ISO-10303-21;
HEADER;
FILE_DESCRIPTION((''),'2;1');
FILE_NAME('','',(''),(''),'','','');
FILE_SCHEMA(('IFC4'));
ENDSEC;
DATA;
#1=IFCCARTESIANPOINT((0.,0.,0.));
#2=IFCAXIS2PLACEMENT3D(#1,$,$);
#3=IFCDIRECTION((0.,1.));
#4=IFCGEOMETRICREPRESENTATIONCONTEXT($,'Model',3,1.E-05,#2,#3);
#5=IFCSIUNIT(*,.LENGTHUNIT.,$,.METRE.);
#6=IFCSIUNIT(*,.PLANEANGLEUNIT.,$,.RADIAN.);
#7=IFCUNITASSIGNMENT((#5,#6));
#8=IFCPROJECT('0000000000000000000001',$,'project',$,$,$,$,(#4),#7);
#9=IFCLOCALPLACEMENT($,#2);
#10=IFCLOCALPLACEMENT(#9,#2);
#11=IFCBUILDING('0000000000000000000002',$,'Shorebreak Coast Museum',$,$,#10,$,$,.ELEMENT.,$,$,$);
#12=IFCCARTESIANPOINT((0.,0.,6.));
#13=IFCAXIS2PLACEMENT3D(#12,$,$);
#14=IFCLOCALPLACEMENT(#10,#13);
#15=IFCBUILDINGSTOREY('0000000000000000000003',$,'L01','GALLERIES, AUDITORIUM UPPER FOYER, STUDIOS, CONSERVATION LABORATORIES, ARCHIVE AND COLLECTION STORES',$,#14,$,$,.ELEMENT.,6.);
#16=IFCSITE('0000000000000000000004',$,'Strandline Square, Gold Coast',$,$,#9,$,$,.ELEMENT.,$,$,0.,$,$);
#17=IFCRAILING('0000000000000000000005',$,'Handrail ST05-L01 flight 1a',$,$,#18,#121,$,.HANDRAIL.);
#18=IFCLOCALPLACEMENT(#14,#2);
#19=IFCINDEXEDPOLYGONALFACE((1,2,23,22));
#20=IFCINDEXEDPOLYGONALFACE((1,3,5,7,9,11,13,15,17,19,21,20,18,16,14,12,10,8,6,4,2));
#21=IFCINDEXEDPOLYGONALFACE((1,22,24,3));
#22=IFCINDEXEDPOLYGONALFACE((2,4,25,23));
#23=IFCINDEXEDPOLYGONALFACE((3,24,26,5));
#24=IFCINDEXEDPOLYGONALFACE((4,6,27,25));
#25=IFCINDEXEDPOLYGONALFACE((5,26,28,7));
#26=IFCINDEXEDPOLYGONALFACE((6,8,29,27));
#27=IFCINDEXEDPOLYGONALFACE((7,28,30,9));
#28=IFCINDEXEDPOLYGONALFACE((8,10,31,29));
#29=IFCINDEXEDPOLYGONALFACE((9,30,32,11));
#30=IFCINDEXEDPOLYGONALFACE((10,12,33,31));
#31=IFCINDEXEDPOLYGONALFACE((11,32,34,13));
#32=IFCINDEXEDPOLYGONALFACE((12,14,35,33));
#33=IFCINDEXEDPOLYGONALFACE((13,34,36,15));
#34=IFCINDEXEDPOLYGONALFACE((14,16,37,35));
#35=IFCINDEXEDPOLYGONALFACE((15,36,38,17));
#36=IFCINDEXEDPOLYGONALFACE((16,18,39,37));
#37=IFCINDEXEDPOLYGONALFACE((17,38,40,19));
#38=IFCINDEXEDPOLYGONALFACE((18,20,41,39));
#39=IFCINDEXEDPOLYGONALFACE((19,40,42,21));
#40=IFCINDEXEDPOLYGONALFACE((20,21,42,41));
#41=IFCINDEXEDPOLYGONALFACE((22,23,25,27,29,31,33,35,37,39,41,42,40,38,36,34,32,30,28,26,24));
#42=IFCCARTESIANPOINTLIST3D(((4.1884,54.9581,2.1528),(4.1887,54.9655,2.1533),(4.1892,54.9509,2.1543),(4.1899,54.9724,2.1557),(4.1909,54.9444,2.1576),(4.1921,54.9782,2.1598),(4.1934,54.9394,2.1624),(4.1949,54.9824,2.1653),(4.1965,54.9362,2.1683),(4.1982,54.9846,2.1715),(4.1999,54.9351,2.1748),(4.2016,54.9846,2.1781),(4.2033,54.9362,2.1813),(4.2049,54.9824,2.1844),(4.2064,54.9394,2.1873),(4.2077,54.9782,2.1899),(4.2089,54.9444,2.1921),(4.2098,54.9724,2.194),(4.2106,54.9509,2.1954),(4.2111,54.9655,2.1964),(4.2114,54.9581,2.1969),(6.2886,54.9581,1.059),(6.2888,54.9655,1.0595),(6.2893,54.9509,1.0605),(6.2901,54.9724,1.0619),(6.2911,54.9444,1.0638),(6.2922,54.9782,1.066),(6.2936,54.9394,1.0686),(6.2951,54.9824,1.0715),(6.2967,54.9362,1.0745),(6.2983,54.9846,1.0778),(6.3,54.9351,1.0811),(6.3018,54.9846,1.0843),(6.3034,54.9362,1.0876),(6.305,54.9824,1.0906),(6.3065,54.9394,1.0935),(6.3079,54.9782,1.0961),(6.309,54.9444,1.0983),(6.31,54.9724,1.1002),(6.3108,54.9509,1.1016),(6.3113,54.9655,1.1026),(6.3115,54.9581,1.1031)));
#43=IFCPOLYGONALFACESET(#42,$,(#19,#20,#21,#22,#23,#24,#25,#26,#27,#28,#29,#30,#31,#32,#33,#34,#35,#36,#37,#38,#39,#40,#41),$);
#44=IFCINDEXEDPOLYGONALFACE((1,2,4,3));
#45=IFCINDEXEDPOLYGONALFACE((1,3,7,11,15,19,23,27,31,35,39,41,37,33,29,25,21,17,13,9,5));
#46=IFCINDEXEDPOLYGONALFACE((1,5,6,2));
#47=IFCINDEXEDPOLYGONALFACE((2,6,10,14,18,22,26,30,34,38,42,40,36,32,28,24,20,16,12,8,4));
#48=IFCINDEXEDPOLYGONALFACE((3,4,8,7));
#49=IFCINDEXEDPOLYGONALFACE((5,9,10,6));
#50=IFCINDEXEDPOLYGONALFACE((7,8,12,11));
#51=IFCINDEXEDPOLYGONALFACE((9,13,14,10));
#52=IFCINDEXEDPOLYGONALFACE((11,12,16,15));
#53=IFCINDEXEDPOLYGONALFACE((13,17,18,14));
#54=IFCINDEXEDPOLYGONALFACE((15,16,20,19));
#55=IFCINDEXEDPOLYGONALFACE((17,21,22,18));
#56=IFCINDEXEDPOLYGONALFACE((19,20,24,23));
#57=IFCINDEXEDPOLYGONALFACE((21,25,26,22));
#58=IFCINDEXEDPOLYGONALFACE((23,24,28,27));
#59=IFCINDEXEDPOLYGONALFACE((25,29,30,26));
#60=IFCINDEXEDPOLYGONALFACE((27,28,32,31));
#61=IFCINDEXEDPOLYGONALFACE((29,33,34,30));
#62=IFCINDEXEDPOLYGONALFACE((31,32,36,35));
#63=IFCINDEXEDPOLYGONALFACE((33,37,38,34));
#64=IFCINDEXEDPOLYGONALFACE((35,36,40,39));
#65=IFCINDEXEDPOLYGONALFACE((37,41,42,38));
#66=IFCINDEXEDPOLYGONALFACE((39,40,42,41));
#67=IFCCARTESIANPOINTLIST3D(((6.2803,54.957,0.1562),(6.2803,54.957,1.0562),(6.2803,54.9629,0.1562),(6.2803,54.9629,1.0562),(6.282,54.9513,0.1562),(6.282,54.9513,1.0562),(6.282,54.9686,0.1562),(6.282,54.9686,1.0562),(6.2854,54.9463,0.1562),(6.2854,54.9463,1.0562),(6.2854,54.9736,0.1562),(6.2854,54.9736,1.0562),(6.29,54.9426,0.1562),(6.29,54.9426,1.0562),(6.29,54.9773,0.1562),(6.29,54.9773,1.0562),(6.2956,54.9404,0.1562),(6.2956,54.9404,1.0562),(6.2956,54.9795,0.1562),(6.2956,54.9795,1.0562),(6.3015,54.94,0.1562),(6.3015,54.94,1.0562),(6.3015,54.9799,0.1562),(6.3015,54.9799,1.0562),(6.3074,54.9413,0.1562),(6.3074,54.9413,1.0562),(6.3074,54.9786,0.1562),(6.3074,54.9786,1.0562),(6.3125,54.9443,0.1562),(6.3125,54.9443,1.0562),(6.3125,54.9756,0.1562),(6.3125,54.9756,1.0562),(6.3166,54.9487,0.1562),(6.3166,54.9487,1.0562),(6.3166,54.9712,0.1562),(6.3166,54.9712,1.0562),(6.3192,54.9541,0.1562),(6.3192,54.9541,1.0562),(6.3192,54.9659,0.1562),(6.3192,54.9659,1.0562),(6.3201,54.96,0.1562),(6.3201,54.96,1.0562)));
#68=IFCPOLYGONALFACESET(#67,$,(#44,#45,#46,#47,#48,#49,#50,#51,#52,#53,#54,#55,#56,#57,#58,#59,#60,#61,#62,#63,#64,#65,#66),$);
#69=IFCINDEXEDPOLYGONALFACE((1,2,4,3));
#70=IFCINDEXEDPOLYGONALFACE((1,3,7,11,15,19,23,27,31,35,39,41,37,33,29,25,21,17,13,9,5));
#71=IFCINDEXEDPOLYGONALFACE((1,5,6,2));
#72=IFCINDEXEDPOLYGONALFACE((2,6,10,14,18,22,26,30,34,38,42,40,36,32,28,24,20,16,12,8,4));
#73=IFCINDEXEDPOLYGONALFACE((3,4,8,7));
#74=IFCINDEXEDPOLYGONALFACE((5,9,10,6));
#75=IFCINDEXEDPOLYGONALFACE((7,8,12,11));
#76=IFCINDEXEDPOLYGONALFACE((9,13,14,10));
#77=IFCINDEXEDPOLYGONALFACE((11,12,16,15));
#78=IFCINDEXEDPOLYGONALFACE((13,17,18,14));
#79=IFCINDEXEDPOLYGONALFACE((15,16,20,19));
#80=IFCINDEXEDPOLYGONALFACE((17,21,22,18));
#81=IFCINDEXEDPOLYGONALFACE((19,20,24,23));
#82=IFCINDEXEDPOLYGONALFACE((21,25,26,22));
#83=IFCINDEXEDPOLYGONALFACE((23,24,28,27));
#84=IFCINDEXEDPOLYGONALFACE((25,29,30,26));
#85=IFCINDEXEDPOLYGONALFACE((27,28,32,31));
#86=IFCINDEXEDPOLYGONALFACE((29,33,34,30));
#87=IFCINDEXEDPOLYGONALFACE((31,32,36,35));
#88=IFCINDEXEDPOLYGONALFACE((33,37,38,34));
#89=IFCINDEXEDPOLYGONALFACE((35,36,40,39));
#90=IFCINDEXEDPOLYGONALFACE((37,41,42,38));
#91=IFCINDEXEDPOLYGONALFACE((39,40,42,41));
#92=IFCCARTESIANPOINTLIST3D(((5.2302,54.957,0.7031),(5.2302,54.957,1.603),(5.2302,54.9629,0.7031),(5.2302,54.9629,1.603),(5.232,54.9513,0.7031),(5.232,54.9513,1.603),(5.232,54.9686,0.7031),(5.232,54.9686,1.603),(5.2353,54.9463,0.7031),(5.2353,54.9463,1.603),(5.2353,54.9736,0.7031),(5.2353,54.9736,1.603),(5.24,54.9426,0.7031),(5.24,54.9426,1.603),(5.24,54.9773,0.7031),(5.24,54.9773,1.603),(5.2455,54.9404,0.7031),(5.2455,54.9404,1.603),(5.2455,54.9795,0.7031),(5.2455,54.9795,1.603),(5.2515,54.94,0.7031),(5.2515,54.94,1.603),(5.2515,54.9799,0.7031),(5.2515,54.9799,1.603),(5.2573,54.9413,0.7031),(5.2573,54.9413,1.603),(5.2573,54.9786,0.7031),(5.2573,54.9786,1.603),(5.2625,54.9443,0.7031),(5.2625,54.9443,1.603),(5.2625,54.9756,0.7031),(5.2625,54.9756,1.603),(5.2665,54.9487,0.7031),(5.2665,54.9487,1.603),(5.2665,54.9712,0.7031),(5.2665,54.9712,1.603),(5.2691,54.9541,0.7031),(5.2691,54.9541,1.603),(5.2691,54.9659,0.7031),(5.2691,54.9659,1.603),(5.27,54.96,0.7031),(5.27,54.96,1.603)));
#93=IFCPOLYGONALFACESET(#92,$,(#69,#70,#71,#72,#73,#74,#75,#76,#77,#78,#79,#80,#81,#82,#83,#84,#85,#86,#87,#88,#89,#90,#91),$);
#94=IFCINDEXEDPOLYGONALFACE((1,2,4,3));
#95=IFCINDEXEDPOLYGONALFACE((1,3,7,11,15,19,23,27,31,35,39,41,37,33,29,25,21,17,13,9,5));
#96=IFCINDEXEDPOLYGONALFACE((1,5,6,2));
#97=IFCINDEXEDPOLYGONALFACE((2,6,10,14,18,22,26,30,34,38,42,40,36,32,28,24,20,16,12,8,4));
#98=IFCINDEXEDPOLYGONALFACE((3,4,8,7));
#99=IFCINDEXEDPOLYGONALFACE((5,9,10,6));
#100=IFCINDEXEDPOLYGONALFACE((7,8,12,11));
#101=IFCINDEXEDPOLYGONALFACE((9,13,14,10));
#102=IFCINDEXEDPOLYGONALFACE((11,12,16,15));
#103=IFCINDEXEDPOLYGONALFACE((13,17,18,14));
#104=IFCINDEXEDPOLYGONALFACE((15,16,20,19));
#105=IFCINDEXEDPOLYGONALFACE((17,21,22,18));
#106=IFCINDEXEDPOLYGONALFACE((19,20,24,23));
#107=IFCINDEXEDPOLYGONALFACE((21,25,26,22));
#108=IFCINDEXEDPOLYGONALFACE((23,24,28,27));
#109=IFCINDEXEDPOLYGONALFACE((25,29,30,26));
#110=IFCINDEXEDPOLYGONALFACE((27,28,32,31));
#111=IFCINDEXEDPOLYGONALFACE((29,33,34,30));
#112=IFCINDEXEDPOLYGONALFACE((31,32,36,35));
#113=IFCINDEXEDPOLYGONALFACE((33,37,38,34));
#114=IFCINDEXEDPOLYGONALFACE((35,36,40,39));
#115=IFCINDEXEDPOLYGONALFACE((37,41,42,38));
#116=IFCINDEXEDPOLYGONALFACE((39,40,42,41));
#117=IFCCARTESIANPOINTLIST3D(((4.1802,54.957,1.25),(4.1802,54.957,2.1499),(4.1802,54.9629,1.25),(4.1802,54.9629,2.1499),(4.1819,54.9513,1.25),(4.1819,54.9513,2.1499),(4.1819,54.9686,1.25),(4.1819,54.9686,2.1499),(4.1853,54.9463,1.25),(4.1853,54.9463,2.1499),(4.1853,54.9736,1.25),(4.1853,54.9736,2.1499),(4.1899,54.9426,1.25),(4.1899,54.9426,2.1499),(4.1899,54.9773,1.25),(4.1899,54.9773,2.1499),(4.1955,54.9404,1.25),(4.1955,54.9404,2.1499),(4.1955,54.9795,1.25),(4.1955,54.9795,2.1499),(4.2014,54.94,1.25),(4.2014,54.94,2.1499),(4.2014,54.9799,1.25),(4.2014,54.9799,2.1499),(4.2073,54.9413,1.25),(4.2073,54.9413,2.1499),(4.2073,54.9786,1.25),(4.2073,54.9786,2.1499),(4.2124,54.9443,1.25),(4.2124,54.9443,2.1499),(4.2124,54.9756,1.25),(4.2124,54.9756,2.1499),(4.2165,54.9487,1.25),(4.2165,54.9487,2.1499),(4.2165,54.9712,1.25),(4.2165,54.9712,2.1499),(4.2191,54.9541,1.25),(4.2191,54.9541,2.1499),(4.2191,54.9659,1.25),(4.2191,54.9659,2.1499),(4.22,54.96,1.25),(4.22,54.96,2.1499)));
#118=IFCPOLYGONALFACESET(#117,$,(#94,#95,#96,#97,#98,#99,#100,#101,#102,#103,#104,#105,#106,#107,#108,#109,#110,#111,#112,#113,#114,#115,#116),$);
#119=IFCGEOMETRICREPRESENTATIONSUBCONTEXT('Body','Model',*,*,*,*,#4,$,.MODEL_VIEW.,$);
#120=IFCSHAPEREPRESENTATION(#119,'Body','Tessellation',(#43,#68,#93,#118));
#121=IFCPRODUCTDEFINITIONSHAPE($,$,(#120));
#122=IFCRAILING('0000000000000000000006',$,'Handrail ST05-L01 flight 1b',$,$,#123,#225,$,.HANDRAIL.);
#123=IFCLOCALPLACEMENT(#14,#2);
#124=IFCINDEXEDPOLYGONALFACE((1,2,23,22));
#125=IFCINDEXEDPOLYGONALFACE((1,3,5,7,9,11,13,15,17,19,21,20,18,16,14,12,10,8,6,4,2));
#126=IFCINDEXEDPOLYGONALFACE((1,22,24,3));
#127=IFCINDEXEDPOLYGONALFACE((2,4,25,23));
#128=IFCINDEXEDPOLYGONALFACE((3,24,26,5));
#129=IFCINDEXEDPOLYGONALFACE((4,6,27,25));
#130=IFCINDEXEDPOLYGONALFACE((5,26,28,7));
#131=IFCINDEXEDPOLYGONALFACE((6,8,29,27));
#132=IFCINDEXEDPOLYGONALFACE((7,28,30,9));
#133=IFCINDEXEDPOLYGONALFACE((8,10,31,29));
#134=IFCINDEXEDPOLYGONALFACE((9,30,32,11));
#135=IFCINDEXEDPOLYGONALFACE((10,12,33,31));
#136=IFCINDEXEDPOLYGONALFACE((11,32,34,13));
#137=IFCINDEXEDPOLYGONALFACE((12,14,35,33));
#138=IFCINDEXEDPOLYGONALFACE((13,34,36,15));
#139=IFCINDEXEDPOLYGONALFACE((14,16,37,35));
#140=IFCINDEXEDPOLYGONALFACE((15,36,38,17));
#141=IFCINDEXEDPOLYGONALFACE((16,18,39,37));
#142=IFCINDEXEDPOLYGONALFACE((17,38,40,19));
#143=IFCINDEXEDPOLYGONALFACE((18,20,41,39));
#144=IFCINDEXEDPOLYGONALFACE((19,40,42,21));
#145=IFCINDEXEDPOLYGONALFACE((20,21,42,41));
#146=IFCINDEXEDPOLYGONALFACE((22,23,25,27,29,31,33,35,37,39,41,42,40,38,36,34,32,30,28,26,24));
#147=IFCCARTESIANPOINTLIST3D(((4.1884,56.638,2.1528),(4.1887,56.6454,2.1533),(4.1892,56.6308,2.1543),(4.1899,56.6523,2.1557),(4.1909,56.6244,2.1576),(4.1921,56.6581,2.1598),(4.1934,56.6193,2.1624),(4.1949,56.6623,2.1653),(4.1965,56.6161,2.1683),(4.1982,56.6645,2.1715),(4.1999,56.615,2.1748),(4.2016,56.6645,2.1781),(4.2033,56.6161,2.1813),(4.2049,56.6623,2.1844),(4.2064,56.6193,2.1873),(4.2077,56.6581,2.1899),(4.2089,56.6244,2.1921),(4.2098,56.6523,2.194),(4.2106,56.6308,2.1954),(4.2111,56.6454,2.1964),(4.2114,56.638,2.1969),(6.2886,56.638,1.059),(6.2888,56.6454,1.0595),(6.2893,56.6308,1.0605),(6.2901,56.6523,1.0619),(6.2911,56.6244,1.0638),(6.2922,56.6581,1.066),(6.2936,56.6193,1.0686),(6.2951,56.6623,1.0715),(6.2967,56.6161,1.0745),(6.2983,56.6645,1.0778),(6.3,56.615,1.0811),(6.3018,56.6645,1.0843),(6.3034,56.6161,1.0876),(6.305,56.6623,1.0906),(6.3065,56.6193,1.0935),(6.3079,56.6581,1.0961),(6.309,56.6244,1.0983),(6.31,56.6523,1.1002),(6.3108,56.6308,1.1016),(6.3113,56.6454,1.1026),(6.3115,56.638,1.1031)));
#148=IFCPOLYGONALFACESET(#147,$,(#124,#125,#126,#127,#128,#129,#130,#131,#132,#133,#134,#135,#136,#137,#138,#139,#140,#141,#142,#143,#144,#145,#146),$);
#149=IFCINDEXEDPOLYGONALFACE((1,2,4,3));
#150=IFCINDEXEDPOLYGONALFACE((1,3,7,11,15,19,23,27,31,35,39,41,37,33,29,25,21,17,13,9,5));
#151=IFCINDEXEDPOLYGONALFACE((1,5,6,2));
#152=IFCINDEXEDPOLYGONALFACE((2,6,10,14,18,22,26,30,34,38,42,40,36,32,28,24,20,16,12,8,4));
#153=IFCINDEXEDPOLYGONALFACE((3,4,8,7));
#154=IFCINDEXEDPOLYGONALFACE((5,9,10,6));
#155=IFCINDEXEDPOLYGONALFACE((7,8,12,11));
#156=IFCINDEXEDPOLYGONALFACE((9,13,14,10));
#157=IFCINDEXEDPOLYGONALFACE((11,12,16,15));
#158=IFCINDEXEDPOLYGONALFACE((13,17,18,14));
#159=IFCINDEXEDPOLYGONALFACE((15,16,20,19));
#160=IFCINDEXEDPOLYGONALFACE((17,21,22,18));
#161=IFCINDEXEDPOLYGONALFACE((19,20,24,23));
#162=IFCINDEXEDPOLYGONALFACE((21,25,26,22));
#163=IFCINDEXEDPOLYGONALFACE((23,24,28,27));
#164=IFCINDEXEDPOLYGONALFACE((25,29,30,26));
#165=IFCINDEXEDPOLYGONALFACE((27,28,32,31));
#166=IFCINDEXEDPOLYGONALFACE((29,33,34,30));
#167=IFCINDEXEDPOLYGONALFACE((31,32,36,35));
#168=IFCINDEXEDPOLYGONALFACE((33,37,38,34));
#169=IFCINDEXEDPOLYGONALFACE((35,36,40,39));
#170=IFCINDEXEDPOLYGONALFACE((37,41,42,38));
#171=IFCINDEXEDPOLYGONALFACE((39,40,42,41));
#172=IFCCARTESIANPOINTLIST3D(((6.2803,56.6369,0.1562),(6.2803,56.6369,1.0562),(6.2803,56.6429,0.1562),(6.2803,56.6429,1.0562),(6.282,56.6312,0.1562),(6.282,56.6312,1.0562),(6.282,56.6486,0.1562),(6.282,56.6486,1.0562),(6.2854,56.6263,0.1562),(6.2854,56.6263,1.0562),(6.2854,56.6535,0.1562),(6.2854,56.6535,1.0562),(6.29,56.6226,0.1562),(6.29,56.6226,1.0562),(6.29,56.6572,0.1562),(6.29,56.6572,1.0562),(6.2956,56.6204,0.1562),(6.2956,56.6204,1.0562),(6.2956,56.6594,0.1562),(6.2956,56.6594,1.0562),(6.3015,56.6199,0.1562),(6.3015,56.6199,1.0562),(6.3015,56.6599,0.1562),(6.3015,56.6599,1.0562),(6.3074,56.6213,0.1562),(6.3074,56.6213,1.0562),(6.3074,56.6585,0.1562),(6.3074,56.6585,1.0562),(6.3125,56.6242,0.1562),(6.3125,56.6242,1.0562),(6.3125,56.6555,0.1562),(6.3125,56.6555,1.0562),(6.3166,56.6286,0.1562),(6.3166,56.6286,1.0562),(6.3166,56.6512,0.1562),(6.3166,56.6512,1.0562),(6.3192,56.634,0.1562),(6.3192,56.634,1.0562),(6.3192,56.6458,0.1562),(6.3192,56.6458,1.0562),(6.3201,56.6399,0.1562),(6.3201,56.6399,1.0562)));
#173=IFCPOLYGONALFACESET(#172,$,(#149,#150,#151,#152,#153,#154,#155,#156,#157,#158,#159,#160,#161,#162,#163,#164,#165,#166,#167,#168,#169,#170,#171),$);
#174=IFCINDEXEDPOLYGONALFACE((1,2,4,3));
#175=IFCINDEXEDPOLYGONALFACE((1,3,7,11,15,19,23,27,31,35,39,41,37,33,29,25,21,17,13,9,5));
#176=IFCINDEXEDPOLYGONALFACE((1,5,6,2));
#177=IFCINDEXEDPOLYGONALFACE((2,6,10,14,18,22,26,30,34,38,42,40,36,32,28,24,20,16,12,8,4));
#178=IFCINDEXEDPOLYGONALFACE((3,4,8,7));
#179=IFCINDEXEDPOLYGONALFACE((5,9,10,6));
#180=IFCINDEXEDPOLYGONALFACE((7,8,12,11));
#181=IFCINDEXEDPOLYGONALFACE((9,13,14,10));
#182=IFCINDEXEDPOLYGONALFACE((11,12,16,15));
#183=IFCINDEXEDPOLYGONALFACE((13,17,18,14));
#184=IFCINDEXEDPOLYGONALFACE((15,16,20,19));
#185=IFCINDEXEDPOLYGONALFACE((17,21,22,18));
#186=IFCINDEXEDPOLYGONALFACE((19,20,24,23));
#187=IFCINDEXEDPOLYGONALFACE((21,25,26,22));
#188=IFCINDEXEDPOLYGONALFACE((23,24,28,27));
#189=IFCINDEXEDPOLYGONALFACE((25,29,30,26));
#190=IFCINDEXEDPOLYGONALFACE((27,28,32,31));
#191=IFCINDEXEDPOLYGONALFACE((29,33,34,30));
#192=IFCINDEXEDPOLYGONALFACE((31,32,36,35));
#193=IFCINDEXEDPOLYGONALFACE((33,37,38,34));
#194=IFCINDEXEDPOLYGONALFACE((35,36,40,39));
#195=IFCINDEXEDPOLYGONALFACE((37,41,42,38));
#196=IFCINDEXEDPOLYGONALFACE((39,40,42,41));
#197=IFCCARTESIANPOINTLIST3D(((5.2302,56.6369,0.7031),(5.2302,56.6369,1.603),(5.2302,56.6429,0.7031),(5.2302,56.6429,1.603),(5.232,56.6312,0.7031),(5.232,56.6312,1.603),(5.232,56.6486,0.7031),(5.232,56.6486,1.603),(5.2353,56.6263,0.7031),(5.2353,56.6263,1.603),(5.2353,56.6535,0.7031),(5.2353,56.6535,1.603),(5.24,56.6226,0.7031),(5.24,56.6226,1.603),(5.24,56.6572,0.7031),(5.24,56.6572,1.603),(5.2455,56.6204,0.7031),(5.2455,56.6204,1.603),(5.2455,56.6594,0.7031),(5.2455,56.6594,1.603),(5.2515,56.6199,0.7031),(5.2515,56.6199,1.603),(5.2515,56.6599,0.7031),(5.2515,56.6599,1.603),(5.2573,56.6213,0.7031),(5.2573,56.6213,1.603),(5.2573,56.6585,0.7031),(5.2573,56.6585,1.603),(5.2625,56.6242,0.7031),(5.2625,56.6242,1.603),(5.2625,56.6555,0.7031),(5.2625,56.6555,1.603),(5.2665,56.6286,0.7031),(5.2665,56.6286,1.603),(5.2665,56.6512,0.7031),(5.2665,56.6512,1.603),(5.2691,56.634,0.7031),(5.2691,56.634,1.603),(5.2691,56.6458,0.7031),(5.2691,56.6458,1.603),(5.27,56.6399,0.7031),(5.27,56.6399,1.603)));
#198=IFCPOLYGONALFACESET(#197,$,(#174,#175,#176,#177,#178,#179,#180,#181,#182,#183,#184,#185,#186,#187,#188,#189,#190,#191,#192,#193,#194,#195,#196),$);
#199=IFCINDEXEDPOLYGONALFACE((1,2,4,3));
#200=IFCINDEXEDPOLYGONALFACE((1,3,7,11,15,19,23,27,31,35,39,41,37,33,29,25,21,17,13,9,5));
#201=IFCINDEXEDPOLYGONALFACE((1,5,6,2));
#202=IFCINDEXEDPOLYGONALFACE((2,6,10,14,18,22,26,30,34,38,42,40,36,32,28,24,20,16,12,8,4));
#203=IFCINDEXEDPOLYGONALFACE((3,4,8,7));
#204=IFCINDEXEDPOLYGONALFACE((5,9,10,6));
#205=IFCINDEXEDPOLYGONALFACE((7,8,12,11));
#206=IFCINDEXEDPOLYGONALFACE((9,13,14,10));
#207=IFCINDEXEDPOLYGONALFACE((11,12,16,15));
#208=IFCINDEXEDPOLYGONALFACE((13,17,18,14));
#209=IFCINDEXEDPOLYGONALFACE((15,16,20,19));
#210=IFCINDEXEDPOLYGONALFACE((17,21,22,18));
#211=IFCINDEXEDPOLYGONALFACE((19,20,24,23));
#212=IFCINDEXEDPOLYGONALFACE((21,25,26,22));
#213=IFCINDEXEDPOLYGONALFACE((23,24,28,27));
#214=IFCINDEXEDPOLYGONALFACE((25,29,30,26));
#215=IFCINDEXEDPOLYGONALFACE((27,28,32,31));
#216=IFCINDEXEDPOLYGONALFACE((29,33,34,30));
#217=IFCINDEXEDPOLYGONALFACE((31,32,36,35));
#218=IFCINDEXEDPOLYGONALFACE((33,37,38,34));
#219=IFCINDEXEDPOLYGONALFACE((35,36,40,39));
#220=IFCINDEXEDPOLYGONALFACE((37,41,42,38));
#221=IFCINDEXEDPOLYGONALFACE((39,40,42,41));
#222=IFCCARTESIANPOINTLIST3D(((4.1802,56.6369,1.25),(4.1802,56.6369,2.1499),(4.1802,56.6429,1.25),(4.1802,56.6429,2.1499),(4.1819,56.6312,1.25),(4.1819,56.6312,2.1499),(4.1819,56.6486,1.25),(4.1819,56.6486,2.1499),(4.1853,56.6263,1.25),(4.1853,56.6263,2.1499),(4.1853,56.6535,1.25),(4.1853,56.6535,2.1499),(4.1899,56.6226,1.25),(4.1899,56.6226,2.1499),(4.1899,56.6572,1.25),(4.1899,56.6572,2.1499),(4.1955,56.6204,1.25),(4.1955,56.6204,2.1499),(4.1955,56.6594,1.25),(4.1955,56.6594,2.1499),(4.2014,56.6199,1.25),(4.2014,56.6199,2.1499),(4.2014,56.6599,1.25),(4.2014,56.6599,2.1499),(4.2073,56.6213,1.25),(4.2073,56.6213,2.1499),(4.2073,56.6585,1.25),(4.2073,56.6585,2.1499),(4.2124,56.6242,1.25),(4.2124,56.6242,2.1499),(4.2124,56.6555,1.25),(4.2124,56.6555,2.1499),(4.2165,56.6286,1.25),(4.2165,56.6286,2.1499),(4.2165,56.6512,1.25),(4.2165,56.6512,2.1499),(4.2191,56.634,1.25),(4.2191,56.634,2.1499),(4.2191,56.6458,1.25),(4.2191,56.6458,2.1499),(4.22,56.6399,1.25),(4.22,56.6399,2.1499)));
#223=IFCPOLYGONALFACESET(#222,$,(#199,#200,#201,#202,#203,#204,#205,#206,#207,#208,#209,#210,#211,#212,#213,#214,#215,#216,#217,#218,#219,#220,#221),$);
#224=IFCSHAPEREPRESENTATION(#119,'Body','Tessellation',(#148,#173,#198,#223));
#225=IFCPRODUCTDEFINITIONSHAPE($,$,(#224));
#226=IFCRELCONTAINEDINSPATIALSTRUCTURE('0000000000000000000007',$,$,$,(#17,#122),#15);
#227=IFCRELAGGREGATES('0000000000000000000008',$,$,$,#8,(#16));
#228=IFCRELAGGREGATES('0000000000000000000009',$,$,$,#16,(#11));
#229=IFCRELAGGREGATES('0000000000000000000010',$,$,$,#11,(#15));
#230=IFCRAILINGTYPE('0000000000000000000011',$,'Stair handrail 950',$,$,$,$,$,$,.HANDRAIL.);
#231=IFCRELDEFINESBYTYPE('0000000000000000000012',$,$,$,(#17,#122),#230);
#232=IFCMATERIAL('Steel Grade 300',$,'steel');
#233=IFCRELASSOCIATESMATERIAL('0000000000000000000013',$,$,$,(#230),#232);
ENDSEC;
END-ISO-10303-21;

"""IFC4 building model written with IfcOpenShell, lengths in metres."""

from ifc_helpers import new_model, si_unit, direction, frame, origin, origin_2d, place, context, subcontext, project, spatial, circle, extrude, material, type_object, element, save


model = new_model("IFC4")

# Units and contexts
model_context = context("Model", 3, precision=1e-05, world=origin(), true_north=direction((0.0, 1.0)))
body_context = subcontext(model_context, "Body", "Model", "MODEL_VIEW")
ifc_project = project(units=[si_unit("LENGTHUNIT", "METRE"), si_unit("PLANEANGLEUNIT", "RADIAN")], contexts=[model_context])

# Site, building, storey
site_placement = place(None, origin())
site = spatial("IfcSite", under=ifc_project, at=site_placement, Name="Strandline Square, Gold Coast", CompositionType="ELEMENT", RefElevation=0.0)
building_placement = place(site_placement, origin())
building = spatial("IfcBuilding", under=site, at=building_placement, Name="Shorebreak Coast Museum", CompositionType="ELEMENT")
storey_placement = place(building_placement, frame((0.0, 0.0, 6.0)))
storey = spatial("IfcBuildingStorey", under=building, at=storey_placement, Name="L01", Description="GALLERIES, AUDITORIUM UPPER FOYER, STUDIOS, CONSERVATION LABORATORIES, ARCHIVE AND COLLECTION STORES", CompositionType="ELEMENT", Elevation=6.0)

# Railings
ifc_material_1 = material(Name="Steel Grade 300", Category="steel")
railing_type_1 = type_object("IfcRailingType", Name="Stair handrail 950", PredefinedType="HANDRAIL", material=ifc_material_1)
for number, where, name in (
    (1, (6.3, 54.96, 0.1562), "Handrail ST05-L01 flight 1a"),
    (2, (6.3, 56.6399, 0.1562), "Handrail ST05-L01 flight 1b"),
):
    element("IfcRailing", number, at=place(storey_placement, frame(where)), inside=storey, type_object=railing_type_1, Name=name, PredefinedType="HANDRAIL", context=body_context, shape_type="SweptSolid", body=[
        extrude(circle(Radius=0.0249, at=origin_2d()), frame((0.0, 0.0, 0.9248), z_axis=(-0.886923, 0.0, 0.461918), x_axis=(0.0, -1.0, 0.0)), (0.0, 0.0, 1.0), 2.3679),
        extrude(circle(Radius=0.02, at=origin_2d()), origin(), (0.0, 0.0, 1.0), 0.8999),
        extrude(circle(Radius=0.02, at=origin_2d()), frame((-1.05, 0.0, 0.5469)), (0.0, 0.0, 1.0), 0.8999),
        extrude(circle(Radius=0.02, at=origin_2d()), frame((-2.1001, 0.0, 1.0938)), (0.0, 0.0, 1.0), 0.8999),
    ])

save(model, "model.ifc")
